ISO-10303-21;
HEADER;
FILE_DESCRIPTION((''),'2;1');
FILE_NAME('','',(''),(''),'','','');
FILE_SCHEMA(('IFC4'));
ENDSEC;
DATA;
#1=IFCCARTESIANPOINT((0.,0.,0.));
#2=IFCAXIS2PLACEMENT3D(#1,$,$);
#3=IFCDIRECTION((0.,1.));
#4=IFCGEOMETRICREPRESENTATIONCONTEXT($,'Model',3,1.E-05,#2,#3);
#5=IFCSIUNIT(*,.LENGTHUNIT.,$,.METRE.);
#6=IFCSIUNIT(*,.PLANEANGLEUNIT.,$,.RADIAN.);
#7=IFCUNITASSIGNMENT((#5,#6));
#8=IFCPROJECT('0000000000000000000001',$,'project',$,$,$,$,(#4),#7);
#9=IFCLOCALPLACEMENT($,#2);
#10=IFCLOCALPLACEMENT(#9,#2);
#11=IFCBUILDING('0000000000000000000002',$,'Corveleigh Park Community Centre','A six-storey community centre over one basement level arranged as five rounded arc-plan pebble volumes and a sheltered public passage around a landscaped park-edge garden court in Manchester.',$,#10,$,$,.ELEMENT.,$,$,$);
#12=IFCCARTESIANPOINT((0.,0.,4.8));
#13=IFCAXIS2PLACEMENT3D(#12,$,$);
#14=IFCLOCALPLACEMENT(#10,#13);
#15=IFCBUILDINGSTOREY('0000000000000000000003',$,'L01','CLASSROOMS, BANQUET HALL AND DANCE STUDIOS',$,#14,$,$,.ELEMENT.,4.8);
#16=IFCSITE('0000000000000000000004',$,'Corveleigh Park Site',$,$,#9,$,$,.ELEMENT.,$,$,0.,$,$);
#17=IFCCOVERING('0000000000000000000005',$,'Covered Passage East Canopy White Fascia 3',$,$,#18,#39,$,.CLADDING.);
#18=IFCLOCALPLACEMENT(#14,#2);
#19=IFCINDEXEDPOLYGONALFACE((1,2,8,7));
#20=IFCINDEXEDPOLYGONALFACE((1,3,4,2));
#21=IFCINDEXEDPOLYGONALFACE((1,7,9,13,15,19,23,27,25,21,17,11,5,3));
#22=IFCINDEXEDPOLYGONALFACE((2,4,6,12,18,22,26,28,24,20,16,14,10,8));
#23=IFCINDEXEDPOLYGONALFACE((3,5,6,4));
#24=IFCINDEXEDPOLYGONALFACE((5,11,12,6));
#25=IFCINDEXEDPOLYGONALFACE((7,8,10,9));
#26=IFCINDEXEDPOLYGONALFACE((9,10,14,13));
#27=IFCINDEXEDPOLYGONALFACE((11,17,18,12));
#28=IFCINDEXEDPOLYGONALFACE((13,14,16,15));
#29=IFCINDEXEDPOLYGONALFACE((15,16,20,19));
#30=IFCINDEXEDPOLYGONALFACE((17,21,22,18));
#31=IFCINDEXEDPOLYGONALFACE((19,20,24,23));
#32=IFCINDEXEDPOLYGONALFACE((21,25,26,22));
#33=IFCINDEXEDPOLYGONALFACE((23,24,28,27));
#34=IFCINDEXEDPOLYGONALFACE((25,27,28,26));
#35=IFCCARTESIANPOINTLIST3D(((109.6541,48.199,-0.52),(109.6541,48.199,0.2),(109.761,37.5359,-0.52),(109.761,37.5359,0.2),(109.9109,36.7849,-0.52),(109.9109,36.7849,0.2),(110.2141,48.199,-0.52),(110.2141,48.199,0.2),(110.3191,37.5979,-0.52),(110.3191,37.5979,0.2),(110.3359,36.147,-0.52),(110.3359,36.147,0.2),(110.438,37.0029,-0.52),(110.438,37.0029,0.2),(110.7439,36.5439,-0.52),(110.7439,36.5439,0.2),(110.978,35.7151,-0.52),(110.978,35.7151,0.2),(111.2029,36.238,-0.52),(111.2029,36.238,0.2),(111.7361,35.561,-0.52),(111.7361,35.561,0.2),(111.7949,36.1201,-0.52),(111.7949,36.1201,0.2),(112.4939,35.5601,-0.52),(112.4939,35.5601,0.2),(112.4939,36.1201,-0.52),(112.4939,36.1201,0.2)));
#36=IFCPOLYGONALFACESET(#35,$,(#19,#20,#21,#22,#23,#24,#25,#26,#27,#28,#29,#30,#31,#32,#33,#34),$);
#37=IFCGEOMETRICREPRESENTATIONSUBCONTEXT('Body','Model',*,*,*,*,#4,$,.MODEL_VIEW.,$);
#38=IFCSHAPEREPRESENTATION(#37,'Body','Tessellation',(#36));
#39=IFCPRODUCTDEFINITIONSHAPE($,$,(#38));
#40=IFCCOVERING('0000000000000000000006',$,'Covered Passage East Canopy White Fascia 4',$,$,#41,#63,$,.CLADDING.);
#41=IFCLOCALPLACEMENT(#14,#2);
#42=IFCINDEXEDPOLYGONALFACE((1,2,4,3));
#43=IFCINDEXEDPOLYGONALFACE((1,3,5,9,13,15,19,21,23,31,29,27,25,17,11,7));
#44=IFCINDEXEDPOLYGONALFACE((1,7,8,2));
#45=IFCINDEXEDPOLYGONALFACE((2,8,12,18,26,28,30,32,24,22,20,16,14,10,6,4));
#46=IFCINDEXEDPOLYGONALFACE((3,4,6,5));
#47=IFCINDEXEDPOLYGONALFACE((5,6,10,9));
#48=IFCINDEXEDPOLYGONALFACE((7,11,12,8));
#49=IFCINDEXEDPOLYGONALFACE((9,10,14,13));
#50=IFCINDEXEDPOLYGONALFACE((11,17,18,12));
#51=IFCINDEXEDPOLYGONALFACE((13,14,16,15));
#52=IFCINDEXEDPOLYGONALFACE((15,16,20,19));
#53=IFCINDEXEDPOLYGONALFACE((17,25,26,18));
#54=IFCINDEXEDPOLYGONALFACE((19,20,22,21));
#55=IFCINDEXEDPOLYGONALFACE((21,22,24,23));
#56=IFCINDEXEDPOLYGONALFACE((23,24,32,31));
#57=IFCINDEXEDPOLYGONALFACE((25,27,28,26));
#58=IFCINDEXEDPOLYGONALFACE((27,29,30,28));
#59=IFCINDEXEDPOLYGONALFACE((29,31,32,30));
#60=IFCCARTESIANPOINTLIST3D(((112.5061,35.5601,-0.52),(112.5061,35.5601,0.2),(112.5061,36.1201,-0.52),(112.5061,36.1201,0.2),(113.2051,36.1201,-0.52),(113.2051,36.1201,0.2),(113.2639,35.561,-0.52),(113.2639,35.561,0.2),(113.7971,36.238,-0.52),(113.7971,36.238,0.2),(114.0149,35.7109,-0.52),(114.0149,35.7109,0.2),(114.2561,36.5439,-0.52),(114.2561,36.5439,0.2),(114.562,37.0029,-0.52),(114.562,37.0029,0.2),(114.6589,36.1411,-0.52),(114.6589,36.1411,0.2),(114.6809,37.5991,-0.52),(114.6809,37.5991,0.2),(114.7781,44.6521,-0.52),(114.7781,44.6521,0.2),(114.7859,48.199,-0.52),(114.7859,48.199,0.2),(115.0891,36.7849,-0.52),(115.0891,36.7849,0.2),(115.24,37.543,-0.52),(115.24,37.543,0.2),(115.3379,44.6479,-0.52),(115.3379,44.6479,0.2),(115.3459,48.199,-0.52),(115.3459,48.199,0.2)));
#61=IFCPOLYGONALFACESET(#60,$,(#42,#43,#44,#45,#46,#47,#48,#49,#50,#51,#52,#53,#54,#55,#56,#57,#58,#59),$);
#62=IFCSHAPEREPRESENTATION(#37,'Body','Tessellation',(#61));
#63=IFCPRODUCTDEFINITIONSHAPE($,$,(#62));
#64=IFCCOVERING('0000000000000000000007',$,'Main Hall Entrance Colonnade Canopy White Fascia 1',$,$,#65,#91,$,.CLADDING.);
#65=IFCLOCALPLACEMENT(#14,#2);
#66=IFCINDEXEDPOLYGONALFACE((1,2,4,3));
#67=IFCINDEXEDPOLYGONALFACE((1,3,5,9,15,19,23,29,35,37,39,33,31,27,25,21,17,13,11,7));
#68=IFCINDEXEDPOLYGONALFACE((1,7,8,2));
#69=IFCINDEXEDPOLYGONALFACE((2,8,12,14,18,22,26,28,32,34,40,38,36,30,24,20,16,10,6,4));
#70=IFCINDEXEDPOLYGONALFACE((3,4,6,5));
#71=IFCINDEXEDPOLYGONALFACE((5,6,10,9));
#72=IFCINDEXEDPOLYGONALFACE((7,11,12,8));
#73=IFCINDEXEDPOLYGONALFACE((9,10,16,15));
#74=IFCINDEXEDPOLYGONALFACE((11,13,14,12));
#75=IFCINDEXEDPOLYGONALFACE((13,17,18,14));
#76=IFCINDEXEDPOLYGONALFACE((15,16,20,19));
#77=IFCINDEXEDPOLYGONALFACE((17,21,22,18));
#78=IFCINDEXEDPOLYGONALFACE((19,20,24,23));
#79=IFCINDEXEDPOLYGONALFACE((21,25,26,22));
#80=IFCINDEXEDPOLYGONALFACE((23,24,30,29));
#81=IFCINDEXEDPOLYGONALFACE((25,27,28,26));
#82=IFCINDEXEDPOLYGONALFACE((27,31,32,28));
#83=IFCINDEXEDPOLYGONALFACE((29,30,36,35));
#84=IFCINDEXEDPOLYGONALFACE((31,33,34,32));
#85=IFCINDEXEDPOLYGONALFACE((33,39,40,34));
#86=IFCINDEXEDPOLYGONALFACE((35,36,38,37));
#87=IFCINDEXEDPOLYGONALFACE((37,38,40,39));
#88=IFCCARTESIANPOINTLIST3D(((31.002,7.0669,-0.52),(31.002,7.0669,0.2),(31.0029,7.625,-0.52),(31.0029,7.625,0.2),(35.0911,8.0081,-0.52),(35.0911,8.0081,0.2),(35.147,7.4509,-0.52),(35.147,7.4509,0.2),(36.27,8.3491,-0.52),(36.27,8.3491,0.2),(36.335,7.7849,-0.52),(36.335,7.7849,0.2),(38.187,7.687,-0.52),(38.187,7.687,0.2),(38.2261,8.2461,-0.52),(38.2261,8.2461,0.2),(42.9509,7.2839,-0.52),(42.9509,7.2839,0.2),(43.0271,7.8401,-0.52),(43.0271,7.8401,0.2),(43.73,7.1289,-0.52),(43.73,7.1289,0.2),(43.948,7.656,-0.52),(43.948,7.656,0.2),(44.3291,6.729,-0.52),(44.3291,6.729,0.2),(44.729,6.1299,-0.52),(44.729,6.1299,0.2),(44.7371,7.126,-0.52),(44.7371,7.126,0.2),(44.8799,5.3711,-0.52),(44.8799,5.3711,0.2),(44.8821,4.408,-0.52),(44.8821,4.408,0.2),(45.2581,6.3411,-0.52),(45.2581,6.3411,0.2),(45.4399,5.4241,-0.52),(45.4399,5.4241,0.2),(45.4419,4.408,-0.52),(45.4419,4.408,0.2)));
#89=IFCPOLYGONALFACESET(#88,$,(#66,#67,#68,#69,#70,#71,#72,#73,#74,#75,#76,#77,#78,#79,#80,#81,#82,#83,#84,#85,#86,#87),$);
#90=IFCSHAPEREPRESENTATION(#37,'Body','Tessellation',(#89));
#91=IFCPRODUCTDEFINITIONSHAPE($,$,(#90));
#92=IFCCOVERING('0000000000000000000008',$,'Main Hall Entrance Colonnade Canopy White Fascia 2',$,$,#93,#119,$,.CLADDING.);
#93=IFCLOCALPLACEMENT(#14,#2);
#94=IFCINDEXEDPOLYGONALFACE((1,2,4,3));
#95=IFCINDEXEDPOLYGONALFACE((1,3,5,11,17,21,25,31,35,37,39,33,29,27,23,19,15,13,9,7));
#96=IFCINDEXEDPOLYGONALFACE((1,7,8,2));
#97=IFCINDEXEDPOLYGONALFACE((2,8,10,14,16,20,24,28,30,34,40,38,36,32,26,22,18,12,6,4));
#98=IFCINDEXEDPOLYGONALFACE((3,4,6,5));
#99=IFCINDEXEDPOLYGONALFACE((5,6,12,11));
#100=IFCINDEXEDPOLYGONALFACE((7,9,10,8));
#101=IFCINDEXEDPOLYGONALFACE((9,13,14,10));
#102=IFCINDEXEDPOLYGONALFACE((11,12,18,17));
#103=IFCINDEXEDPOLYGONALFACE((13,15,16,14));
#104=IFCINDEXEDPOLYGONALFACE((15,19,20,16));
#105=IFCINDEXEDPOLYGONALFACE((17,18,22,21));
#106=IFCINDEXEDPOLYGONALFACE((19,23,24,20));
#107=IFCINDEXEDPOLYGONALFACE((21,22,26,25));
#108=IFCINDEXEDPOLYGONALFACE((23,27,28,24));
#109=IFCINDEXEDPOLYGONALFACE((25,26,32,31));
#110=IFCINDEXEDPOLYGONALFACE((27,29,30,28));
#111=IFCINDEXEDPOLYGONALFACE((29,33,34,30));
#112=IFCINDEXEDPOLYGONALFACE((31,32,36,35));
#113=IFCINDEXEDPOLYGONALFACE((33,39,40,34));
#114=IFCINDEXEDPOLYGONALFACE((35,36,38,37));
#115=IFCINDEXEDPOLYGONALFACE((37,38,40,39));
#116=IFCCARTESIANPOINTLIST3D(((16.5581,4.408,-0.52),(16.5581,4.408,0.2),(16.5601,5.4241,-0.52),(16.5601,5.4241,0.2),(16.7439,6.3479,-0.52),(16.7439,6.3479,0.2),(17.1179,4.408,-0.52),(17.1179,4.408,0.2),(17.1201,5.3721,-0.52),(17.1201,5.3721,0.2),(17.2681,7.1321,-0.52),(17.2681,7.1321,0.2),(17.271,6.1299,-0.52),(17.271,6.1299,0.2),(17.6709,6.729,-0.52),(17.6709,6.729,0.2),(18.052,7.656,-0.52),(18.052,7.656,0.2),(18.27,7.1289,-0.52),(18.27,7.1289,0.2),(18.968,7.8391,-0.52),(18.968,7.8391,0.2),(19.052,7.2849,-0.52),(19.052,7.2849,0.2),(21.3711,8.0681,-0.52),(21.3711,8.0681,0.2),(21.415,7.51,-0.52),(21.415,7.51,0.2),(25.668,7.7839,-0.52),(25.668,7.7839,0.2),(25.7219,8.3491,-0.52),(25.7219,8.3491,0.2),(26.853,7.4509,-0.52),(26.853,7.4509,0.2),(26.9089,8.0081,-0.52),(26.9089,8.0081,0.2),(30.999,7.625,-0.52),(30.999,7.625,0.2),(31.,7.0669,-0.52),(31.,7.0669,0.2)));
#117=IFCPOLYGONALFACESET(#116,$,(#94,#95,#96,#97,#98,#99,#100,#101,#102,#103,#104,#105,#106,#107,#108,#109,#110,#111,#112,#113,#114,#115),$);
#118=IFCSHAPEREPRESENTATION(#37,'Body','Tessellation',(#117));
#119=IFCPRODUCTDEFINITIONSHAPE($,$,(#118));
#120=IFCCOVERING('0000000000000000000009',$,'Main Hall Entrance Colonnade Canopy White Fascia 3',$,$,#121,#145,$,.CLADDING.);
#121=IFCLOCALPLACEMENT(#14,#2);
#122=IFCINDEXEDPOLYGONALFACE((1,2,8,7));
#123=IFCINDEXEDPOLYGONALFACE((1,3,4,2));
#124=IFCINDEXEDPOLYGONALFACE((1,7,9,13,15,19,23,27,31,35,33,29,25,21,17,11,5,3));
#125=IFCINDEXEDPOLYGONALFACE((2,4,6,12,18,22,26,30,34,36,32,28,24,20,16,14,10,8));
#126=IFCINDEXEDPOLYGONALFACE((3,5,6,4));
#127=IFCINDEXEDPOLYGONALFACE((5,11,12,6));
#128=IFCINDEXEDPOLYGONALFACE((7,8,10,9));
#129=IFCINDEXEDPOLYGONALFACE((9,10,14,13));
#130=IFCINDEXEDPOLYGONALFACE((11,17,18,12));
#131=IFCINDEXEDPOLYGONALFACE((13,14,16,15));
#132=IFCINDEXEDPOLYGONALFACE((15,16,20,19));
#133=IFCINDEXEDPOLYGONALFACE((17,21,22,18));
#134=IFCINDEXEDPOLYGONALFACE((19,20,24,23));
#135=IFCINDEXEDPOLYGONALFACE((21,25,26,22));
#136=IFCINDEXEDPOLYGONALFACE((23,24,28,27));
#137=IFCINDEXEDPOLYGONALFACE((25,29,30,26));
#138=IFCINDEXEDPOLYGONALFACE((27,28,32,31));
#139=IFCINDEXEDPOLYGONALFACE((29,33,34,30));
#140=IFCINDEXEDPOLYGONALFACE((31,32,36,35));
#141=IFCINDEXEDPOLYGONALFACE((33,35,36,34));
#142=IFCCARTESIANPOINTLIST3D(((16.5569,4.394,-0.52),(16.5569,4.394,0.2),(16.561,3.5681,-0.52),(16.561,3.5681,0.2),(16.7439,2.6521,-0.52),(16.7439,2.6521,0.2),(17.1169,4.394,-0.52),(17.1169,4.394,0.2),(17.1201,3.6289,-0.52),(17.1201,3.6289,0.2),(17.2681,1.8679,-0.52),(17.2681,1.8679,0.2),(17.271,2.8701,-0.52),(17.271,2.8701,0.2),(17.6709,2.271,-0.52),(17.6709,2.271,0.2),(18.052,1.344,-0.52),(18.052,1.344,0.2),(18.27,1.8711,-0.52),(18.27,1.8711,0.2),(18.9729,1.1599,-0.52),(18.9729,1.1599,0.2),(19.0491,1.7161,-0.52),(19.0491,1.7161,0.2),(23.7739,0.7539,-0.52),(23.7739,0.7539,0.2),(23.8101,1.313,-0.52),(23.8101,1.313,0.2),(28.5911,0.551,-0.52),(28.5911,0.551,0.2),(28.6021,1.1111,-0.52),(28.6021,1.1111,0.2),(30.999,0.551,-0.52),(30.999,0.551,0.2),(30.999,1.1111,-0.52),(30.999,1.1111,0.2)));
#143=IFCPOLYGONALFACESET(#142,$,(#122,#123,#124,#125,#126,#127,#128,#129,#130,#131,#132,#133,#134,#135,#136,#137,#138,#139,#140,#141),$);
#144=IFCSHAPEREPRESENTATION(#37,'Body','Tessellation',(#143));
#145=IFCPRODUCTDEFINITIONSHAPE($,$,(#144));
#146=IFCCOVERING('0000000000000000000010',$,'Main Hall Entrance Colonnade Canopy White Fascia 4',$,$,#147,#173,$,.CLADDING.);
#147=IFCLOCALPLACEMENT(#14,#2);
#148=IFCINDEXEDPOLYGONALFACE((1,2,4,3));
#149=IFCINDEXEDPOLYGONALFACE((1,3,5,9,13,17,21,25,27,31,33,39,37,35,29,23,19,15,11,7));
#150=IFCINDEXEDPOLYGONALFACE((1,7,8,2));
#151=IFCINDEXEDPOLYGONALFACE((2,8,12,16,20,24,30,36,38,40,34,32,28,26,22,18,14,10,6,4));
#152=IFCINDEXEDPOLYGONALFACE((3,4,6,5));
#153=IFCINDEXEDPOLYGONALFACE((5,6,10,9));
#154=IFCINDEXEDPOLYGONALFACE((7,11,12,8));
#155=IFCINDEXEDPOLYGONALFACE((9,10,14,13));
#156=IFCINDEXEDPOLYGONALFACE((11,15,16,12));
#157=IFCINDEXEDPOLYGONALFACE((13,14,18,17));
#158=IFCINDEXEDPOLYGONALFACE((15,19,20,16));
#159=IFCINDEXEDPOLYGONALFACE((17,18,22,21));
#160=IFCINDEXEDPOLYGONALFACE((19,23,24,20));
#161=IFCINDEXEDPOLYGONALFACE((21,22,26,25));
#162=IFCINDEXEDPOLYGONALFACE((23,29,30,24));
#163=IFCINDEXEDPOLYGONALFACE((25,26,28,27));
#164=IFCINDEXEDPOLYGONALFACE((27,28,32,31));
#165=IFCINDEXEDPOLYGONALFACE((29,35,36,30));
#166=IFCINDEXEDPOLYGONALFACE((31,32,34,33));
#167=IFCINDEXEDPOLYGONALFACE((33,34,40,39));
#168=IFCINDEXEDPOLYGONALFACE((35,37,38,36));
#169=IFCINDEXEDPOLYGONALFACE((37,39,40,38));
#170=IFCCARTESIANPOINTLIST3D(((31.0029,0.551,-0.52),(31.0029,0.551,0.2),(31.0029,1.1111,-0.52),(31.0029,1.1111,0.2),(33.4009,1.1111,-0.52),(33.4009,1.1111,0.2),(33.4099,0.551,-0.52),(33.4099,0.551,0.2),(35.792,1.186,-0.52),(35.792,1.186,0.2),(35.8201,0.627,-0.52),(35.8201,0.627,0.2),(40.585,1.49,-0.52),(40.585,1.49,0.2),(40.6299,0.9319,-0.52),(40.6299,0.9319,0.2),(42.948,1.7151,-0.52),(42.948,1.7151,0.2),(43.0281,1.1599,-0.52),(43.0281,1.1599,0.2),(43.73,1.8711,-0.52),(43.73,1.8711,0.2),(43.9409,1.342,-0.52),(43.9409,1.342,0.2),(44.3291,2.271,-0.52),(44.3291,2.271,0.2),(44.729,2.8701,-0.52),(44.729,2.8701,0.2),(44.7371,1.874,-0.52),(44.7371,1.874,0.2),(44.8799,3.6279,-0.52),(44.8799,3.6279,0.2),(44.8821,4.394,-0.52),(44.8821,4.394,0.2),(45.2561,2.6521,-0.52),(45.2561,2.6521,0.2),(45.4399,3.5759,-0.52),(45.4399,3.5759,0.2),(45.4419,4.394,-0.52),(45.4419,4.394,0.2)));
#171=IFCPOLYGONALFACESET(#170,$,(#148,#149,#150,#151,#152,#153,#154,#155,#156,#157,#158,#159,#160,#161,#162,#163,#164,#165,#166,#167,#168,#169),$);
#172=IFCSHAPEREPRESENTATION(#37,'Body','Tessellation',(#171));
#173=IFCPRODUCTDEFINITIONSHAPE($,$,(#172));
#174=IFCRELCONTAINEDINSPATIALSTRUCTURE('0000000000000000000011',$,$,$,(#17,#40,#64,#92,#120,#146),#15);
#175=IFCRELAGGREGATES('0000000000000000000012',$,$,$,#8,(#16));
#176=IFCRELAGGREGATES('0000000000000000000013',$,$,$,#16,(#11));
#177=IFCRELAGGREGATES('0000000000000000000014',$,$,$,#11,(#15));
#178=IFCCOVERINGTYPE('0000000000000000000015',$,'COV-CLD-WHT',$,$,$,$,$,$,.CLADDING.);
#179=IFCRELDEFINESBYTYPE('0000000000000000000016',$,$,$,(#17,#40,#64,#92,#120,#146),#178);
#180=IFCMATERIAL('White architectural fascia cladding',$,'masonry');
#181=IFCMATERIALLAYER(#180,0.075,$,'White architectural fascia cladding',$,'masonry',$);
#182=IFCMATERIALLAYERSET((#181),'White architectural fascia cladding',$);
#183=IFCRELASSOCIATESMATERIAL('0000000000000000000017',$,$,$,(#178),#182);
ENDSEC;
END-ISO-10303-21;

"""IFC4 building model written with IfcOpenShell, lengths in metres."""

from ifc_helpers import new_model, si_unit, direction, frame, origin, place, context, subcontext, project, spatial, polyline, outline, extrude, material, layer, layer_set, type_object, element, save


model = new_model("IFC4")

# Units and contexts
model_context = context("Model", 3, precision=1e-05, world=origin(), true_north=direction((0.0, 1.0)))
body_context = subcontext(model_context, "Body", "Model", "MODEL_VIEW")
ifc_project = project(units=[si_unit("LENGTHUNIT", "METRE"), si_unit("PLANEANGLEUNIT", "RADIAN")], contexts=[model_context])

# Site, building, storey
site_placement = place(None, origin())
site = spatial("IfcSite", under=ifc_project, at=site_placement, Name="Corveleigh Park Site", CompositionType="ELEMENT", RefElevation=0.0)
building_placement = place(site_placement, origin())
building = spatial("IfcBuilding", under=site, at=building_placement, Name="Corveleigh Park Community Centre", Description="A six-storey community centre over one basement level arranged as five rounded arc-plan pebble volumes and a sheltered public passage around a landscaped park-edge garden court in Manchester.", CompositionType="ELEMENT")
storey_placement = place(building_placement, frame((0.0, 0.0, 4.8)))
storey = spatial("IfcBuildingStorey", under=building, at=storey_placement, Name="L01", Description="CLASSROOMS, BANQUET HALL AND DANCE STUDIOS", CompositionType="ELEMENT", Elevation=4.8)

# Coverings
ifc_material = material(Name="White architectural fascia cladding", Category="masonry")
ifc_layer = layer(ifc_material, 0.075, Name="White architectural fascia cladding", Category="masonry")
ifc_layer_set = layer_set([ifc_layer], Name="White architectural fascia cladding")
covering_type = type_object("IfcCoveringType", Name="COV-CLD-WHT", PredefinedType="CLADDING", material=ifc_layer_set)
covering_1_placement = place(storey_placement, frame((0.0, 0.0, -0.52)))
element("IfcCovering", 1, at=covering_1_placement, inside=storey, type_object=covering_type, Name="Covered Passage East Canopy White Fascia 3", PredefinedType="CLADDING", context=body_context, shape_type="SweptSolid", body=[
    extrude(outline(polyline([(110.978, 35.7151), (110.3359, 36.147), (109.9109, 36.7849), (109.761, 37.5359), (109.6541, 48.199), (110.2141, 48.199), (110.3191, 37.5979), (110.438, 37.0029), (110.7439, 36.5439), (111.2029, 36.238), (111.7949, 36.1201), (112.4939, 36.1201), (112.4939, 35.5601), (111.7361, 35.561), (110.978, 35.7151)])), origin(), (0.0, 0.0, 1.0), 0.72),
])
covering_2_placement = place(storey_placement, frame((0.0, 0.0, -0.52)))
element("IfcCovering", 2, at=covering_2_placement, inside=storey, type_object=covering_type, Name="Covered Passage East Canopy White Fascia 4", PredefinedType="CLADDING", context=body_context, shape_type="SweptSolid", body=[
    extrude(outline(polyline([(115.3379, 44.6479), (115.24, 37.543), (115.0891, 36.7849), (114.6589, 36.1411), (114.0149, 35.7109), (113.2639, 35.561), (112.5061, 35.5601), (112.5061, 36.1201), (113.2051, 36.1201), (113.7971, 36.238), (114.2561, 36.5439), (114.562, 37.0029), (114.6809, 37.5991), (114.7781, 44.6521), (114.7859, 48.199), (115.3459, 48.199), (115.3379, 44.6479)])), origin(), (0.0, 0.0, 1.0), 0.72),
])
covering_3_placement = place(storey_placement, frame((0.0, 0.0, -0.52)))
element("IfcCovering", 3, at=covering_3_placement, inside=storey, type_object=covering_type, Name="Main Hall Entrance Colonnade Canopy White Fascia 1", PredefinedType="CLADDING", context=body_context, shape_type="SweptSolid", body=[
    extrude(outline(polyline([(43.0271, 7.8401), (43.948, 7.656), (44.7371, 7.126), (45.2581, 6.3411), (45.4399, 5.4241), (45.4419, 4.408), (44.8821, 4.408), (44.8799, 5.3711), (44.729, 6.1299), (44.3291, 6.729), (43.73, 7.1289), (42.9509, 7.2839), (38.187, 7.687), (36.335, 7.7849), (35.147, 7.4509), (31.002, 7.0669), (31.0029, 7.625), (35.0911, 8.0081), (36.27, 8.3491), (38.2261, 8.2461), (43.0271, 7.8401)])), origin(), (0.0, 0.0, 1.0), 0.72),
])
covering_4_placement = place(storey_placement, frame((0.0, 0.0, -0.52)))
element("IfcCovering", 4, at=covering_4_placement, inside=storey, type_object=covering_type, Name="Main Hall Entrance Colonnade Canopy White Fascia 2", PredefinedType="CLADDING", context=body_context, shape_type="SweptSolid", body=[
    extrude(outline(polyline([(16.5601, 5.4241), (16.7439, 6.3479), (17.2681, 7.1321), (18.052, 7.656), (18.968, 7.8391), (21.3711, 8.0681), (25.7219, 8.3491), (26.9089, 8.0081), (30.999, 7.625), (31.0, 7.0669), (26.853, 7.4509), (25.668, 7.7839), (21.415, 7.51), (19.052, 7.2849), (18.27, 7.1289), (17.6709, 6.729), (17.271, 6.1299), (17.1201, 5.3721), (17.1179, 4.408), (16.5581, 4.408), (16.5601, 5.4241)])), origin(), (0.0, 0.0, 1.0), 0.72),
])
covering_5_placement = place(storey_placement, frame((0.0, 0.0, -0.52)))
element("IfcCovering", 5, at=covering_5_placement, inside=storey, type_object=covering_type, Name="Main Hall Entrance Colonnade Canopy White Fascia 3", PredefinedType="CLADDING", context=body_context, shape_type="SweptSolid", body=[
    extrude(outline(polyline([(28.5911, 0.551), (23.7739, 0.7539), (18.9729, 1.1599), (18.052, 1.344), (17.2681, 1.8679), (16.7439, 2.6521), (16.561, 3.5681), (16.5569, 4.394), (17.1169, 4.394), (17.1201, 3.6289), (17.271, 2.8701), (17.6709, 2.271), (18.27, 1.8711), (19.0491, 1.7161), (23.8101, 1.313), (28.6021, 1.1111), (30.999, 1.1111), (30.999, 0.551), (28.5911, 0.551)])), origin(), (0.0, 0.0, 1.0), 0.72),
])
covering_6_placement = place(storey_placement, frame((0.0, 0.0, -0.52)))
element("IfcCovering", 6, at=covering_6_placement, inside=storey, type_object=covering_type, Name="Main Hall Entrance Colonnade Canopy White Fascia 4", PredefinedType="CLADDING", context=body_context, shape_type="SweptSolid", body=[
    extrude(outline(polyline([(45.4399, 3.5759), (45.2561, 2.6521), (44.7371, 1.874), (43.9409, 1.342), (43.0281, 1.1599), (40.6299, 0.9319), (35.8201, 0.627), (33.4099, 0.551), (31.0029, 0.551), (31.0029, 1.1111), (33.4009, 1.1111), (35.792, 1.186), (40.585, 1.49), (42.948, 1.7151), (43.73, 1.8711), (44.3291, 2.271), (44.729, 2.8701), (44.8799, 3.6279), (44.8821, 4.394), (45.4419, 4.394), (45.4399, 3.5759)])), origin(), (0.0, 0.0, 1.0), 0.72),
])

save(model, "model.ifc")
